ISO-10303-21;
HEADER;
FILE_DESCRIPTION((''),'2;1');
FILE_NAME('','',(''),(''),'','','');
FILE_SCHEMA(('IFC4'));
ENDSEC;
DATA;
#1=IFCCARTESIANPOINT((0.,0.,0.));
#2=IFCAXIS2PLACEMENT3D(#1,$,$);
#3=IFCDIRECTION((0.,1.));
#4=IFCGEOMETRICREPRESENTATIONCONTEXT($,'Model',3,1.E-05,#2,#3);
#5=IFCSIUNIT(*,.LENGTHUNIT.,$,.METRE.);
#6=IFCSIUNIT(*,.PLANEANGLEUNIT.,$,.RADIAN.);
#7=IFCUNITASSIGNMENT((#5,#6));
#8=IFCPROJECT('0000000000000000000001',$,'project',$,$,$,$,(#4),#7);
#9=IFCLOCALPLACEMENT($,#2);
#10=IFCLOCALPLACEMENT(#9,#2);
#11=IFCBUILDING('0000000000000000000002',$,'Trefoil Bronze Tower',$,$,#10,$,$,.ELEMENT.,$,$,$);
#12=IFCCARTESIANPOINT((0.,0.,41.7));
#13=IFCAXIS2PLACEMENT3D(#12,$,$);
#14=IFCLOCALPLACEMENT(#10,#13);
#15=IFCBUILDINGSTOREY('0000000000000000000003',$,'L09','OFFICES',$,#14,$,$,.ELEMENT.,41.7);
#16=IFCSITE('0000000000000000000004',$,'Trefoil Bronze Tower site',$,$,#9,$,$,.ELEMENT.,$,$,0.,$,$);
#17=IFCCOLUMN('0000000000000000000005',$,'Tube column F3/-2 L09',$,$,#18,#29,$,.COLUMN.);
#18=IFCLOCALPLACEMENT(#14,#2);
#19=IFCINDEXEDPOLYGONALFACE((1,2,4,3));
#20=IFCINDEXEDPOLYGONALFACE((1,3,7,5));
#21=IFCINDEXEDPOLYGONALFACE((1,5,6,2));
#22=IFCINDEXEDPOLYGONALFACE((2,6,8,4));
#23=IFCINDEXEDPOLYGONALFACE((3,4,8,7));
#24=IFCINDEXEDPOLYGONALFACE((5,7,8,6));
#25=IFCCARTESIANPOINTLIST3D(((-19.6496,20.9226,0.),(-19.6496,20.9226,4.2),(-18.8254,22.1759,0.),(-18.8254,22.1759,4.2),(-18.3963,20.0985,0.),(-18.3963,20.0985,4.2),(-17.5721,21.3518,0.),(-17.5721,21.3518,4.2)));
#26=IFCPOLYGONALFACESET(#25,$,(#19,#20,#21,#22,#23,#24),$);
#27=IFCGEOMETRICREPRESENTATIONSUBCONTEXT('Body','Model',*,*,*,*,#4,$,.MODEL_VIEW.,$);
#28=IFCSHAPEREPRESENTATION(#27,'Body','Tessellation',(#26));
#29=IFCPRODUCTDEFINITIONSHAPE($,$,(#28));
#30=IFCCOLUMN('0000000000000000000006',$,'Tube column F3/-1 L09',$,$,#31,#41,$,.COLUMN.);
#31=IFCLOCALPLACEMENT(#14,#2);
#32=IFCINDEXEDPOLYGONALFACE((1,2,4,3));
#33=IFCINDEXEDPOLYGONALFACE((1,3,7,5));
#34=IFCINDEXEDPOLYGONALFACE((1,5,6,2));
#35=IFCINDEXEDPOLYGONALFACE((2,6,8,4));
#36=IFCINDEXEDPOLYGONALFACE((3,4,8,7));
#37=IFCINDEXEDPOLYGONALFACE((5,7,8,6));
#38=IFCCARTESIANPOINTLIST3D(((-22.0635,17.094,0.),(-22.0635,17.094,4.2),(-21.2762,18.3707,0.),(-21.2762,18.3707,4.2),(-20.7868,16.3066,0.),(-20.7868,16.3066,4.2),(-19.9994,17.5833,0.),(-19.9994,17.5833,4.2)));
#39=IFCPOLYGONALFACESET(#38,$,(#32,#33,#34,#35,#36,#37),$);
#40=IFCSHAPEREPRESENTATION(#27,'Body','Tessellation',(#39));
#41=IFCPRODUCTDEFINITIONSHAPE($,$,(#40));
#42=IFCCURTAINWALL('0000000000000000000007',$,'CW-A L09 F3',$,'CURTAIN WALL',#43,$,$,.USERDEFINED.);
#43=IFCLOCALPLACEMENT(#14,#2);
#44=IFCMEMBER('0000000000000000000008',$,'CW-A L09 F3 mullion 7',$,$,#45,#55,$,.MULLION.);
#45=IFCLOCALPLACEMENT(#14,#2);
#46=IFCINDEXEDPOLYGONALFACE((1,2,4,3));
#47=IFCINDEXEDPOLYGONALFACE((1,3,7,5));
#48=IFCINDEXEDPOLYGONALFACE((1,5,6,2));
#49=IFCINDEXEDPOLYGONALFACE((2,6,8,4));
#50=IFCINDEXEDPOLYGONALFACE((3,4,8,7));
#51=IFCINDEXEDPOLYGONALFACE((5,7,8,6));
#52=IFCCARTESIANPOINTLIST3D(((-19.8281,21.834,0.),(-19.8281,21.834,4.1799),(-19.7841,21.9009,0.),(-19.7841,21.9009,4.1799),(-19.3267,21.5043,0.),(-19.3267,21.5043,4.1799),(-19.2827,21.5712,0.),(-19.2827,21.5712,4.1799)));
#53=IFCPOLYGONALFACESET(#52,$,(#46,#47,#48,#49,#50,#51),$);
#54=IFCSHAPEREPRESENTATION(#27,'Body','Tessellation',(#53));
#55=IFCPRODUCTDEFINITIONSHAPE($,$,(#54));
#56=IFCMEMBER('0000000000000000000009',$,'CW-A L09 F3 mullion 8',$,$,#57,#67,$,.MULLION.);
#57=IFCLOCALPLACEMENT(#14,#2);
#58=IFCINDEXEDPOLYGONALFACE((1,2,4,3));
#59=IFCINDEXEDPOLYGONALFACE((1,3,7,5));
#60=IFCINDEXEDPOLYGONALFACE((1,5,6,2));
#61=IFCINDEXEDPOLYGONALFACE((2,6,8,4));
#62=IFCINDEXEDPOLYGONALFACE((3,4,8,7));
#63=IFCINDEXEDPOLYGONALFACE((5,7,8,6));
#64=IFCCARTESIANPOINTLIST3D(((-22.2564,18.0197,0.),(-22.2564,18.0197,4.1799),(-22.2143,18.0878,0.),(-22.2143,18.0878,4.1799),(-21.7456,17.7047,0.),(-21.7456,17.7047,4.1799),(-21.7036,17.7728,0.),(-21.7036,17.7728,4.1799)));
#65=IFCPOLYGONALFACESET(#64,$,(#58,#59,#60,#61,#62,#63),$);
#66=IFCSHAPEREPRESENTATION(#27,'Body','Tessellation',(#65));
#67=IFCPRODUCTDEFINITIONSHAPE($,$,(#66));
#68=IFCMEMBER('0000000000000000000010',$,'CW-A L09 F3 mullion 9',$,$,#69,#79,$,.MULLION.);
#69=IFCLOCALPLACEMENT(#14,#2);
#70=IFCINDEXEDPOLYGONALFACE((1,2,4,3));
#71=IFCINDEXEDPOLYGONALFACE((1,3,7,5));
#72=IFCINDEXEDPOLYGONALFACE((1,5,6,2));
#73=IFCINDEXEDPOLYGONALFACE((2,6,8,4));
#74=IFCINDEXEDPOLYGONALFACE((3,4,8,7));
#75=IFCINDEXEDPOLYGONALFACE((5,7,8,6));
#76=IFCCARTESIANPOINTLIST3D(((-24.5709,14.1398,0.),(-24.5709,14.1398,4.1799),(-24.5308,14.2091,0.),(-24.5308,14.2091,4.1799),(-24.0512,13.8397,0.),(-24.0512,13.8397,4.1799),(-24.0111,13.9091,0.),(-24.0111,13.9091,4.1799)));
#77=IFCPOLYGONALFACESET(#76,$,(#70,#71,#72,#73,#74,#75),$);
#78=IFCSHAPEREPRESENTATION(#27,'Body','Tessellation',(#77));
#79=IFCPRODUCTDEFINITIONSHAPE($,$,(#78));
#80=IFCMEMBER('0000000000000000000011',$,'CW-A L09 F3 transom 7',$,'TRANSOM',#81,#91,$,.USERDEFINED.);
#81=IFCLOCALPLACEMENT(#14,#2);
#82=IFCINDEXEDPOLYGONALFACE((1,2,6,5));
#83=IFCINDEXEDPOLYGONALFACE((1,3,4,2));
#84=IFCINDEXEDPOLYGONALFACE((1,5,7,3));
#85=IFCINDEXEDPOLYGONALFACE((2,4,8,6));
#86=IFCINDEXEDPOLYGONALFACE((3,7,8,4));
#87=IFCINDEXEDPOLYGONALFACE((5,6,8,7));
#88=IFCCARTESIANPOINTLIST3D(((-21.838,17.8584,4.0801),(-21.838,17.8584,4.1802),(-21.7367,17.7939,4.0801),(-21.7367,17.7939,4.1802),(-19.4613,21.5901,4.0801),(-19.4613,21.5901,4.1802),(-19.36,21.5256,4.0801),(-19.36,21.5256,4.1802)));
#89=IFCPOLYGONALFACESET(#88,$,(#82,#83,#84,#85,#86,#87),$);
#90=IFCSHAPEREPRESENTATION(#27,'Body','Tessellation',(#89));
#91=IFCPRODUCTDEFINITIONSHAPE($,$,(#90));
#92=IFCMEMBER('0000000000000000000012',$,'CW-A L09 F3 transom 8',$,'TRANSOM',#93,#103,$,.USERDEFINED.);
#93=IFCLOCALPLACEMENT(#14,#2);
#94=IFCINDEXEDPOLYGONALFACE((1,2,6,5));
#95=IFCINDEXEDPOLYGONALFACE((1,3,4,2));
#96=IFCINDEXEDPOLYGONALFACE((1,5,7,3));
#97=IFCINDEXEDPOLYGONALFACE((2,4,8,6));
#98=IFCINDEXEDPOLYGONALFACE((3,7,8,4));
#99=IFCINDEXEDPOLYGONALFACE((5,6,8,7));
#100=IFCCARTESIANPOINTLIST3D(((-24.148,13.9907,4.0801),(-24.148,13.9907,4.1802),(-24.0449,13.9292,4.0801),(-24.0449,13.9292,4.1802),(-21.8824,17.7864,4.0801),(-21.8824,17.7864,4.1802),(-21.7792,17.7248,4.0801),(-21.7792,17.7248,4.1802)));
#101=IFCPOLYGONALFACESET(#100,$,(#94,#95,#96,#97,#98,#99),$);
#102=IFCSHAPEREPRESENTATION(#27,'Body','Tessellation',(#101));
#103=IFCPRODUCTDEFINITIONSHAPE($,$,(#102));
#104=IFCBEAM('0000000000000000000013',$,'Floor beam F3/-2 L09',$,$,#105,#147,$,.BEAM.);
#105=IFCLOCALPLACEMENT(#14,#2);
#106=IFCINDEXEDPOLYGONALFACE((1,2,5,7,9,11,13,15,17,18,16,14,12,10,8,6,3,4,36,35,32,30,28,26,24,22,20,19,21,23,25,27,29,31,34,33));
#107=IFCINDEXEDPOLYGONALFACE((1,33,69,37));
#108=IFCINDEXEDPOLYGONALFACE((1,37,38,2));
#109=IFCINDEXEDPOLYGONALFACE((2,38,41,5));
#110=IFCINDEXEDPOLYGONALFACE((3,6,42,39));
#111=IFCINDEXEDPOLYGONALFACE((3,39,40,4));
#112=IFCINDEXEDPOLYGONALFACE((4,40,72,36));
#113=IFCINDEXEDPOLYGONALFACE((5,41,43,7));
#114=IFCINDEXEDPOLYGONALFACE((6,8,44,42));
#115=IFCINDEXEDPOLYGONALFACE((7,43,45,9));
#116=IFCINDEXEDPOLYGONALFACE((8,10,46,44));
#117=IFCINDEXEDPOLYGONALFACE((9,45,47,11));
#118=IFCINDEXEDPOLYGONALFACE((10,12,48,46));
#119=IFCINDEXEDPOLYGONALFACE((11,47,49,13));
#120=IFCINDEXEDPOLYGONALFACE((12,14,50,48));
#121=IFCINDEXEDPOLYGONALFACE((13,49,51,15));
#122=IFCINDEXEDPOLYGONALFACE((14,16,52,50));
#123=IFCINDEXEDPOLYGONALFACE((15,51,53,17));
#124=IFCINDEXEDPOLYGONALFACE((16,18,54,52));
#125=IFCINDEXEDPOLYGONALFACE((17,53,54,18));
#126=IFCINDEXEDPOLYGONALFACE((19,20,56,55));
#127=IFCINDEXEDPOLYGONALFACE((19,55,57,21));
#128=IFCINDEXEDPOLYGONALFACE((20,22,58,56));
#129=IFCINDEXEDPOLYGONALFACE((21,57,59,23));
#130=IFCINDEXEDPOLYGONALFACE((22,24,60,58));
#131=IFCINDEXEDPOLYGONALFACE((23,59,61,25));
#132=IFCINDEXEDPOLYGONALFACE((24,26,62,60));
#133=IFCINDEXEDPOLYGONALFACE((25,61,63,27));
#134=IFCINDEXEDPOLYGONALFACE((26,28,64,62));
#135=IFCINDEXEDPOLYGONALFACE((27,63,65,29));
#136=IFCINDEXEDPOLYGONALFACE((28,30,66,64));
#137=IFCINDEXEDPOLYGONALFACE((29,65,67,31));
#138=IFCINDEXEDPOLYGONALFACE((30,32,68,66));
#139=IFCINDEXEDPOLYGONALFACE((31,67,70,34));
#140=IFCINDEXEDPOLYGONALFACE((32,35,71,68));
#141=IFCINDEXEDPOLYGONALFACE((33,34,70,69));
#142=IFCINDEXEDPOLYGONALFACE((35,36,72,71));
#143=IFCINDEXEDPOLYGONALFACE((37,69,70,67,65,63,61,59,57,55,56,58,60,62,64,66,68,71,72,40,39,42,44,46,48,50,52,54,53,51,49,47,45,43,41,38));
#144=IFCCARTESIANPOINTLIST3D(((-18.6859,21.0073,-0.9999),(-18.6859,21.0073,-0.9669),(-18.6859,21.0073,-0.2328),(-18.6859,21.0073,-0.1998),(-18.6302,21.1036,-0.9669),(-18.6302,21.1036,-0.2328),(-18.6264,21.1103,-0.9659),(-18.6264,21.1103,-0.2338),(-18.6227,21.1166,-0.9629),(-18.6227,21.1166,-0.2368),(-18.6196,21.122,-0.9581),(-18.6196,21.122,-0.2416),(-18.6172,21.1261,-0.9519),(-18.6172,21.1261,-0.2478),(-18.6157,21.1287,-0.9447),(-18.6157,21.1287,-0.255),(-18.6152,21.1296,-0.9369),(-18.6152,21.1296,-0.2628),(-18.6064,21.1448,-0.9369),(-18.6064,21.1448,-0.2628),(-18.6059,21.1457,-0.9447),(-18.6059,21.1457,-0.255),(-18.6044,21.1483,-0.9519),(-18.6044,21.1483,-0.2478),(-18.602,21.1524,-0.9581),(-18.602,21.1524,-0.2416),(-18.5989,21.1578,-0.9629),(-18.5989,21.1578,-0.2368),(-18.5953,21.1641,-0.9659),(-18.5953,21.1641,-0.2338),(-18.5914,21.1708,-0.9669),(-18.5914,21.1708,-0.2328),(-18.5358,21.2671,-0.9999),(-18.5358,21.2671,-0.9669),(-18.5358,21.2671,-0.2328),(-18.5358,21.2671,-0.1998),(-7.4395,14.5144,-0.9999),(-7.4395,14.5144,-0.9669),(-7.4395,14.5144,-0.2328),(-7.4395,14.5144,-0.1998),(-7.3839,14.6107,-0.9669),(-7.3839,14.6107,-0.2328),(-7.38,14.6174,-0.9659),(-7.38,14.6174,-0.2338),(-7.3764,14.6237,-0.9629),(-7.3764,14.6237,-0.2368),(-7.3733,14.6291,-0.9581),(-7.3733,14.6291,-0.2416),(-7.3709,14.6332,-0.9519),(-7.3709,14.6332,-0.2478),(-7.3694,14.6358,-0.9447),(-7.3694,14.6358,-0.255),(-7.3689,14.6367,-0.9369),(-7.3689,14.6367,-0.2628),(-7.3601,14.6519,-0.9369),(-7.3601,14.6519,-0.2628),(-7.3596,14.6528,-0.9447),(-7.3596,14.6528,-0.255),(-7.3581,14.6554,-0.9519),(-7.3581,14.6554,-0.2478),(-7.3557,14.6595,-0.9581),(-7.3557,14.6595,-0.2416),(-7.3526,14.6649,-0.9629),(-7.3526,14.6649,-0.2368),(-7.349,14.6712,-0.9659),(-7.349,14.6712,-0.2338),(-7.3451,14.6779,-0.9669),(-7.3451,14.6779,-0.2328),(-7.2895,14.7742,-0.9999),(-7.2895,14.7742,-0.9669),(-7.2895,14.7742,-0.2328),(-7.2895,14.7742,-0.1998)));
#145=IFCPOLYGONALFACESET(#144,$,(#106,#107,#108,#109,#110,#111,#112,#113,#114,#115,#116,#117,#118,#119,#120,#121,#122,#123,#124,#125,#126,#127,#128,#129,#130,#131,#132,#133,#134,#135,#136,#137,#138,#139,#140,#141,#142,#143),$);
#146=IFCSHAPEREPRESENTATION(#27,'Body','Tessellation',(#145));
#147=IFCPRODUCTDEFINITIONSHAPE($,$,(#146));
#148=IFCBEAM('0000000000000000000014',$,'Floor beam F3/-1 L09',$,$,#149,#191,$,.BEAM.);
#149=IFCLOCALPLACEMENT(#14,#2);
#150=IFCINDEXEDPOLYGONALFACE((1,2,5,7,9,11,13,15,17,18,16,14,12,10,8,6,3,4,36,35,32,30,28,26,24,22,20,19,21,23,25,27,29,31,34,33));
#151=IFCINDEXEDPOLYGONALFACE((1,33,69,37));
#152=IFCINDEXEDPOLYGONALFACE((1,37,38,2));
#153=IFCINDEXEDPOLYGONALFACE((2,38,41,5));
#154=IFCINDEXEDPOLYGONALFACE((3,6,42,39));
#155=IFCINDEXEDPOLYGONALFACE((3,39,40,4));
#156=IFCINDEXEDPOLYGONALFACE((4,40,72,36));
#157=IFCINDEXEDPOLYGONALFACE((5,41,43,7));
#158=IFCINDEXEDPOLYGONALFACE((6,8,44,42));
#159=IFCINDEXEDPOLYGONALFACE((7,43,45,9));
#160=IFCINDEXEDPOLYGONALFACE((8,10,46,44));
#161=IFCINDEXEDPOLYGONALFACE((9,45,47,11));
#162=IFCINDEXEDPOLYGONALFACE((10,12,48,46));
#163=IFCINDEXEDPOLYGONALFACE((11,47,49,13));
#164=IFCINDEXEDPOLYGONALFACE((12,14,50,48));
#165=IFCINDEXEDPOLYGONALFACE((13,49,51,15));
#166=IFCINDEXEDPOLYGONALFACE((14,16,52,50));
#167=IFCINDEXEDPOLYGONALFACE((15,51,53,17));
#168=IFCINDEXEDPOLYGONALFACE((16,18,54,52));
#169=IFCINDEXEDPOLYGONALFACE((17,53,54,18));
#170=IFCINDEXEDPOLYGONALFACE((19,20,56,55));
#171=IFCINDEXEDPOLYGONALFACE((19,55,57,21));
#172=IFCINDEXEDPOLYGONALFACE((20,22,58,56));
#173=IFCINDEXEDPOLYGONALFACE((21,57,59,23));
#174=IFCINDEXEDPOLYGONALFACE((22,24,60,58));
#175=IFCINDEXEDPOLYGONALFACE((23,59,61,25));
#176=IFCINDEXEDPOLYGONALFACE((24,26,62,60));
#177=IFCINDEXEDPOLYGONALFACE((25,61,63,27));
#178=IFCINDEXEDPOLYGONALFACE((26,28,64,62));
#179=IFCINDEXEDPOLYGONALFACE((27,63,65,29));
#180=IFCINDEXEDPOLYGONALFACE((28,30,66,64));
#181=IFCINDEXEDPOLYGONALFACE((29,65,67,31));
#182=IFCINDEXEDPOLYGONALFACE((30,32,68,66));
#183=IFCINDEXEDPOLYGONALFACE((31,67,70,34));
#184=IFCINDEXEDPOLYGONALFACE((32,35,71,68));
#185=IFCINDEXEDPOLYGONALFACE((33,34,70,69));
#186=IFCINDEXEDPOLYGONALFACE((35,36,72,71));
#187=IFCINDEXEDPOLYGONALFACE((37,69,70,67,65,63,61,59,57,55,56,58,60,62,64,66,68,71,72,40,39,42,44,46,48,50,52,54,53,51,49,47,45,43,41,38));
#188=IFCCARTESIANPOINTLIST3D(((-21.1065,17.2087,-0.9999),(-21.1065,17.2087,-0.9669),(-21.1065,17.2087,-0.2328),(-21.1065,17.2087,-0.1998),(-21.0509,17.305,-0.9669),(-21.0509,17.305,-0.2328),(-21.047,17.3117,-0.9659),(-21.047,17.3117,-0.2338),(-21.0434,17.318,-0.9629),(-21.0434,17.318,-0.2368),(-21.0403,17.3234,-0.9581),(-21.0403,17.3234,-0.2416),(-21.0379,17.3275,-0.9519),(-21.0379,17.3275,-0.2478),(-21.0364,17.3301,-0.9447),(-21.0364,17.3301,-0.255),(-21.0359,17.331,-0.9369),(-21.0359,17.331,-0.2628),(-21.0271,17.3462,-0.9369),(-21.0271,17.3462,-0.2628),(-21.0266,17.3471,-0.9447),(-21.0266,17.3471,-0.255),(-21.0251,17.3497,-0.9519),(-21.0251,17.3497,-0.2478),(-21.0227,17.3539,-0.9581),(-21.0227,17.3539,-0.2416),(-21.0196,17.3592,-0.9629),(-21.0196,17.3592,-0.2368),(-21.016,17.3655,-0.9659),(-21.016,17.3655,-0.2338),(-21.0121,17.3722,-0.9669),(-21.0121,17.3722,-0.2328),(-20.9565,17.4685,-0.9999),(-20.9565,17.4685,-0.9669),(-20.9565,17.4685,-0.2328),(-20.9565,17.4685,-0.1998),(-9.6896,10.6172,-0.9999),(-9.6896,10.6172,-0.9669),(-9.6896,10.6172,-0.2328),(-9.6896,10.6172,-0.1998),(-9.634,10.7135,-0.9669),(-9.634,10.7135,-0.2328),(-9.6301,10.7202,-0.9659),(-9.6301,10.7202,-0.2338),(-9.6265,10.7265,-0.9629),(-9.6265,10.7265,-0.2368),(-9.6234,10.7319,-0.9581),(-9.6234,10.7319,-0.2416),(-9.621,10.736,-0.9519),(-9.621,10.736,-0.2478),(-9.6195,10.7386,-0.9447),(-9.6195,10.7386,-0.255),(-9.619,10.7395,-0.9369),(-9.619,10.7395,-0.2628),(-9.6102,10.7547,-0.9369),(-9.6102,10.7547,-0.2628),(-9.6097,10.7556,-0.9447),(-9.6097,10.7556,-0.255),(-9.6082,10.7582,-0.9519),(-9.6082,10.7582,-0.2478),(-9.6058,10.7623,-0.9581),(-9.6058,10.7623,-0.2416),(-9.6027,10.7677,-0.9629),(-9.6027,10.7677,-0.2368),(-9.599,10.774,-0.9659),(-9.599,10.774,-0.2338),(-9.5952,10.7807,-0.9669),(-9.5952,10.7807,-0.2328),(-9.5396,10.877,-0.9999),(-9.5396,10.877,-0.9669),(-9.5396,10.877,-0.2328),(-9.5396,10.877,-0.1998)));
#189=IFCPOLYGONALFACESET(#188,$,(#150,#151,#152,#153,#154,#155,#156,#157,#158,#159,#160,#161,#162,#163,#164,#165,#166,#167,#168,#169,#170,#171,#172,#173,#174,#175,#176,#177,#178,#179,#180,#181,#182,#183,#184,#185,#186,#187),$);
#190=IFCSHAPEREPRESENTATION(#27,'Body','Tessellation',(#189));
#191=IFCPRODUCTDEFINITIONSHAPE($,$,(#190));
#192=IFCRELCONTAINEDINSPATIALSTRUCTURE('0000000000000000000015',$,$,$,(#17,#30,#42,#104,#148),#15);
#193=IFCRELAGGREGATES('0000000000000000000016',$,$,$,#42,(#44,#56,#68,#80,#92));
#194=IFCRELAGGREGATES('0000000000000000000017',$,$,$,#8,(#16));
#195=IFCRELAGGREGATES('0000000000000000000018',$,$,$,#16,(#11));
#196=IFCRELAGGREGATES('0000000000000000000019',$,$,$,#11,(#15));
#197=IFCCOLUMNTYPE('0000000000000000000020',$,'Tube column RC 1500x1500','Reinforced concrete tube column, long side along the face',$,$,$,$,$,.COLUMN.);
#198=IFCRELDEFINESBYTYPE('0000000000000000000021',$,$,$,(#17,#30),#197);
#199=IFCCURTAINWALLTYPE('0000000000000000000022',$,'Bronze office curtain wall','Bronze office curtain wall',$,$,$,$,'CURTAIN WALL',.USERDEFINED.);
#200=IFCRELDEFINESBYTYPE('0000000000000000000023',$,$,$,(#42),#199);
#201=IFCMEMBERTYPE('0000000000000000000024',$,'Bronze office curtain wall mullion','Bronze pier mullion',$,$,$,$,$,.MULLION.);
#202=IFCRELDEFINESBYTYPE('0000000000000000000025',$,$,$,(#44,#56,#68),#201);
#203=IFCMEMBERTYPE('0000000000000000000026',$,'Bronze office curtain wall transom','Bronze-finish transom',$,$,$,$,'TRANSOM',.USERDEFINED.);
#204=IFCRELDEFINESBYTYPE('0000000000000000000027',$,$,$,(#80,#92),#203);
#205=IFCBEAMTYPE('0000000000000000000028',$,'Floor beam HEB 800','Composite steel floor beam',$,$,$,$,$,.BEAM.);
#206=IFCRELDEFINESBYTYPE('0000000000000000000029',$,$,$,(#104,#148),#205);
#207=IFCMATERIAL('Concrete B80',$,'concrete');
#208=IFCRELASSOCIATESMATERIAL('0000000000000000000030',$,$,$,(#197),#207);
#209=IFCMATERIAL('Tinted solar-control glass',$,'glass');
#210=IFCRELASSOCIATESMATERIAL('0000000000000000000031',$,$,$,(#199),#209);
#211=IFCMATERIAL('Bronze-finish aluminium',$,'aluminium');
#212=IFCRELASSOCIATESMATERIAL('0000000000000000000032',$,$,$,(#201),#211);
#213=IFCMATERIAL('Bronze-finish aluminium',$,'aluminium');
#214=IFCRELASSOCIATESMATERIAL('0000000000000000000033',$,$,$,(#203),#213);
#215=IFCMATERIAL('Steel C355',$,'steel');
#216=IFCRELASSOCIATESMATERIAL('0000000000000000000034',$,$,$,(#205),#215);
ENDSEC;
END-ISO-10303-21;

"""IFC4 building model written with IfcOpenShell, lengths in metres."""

from ifc_helpers import new_model, si_unit, direction, frame, origin, origin_2d, place, context, subcontext, project, spatial, rectangle, i_section, extrude, material, material_profile, profile_set, type_object, element, aggregate, save


model = new_model("IFC4")

# Units and contexts
model_context = context("Model", 3, precision=1e-05, world=origin(), true_north=direction((0.0, 1.0)))
body_context = subcontext(model_context, "Body", "Model", "MODEL_VIEW")
ifc_project = project(units=[si_unit("LENGTHUNIT", "METRE"), si_unit("PLANEANGLEUNIT", "RADIAN")], contexts=[model_context])

# Site, building, storey
site_placement = place(None, origin())
site = spatial("IfcSite", under=ifc_project, at=site_placement, Name="Trefoil Bronze Tower site", CompositionType="ELEMENT", RefElevation=0.0)
building_placement = place(site_placement, origin())
building = spatial("IfcBuilding", under=site, at=building_placement, Name="Trefoil Bronze Tower", CompositionType="ELEMENT")
storey_placement = place(building_placement, frame((0.0, 0.0, 41.7)))
storey = spatial("IfcBuildingStorey", under=building, at=storey_placement, Name="L09", Description="OFFICES", CompositionType="ELEMENT", Elevation=41.7)

# Columns
ifc_material_1 = material(Name="Concrete B80", Category="concrete")
ifc_material_profile_1 = material_profile(ifc_material_1, rectangle(XDim=1.5, YDim=1.5, at=origin_2d()), Name="RC 1500x1500")
ifc_profile_set_1 = profile_set([ifc_material_profile_1], Name="Concrete B80")
column_type = type_object("IfcColumnType", Name="Tube column RC 1500x1500", Description="Reinforced concrete tube column, long side along the face", PredefinedType="COLUMN", material=ifc_profile_set_1)
for number, where, z_axis, x_axis, name in (
    (1, (-18.6108, 21.1372, 0.0), (0.0, 0.0, 1.0), (-0.549424, -0.835544, 0.0), "Tube column F3/-2 L09"),
    (2, (-21.0315, 17.3386, 0.0), (0.0, 0.0, 1.0), (-0.524923, -0.85115, 0.0), "Tube column F3/-1 L09"),
):
    element("IfcColumn", number, at=place(storey_placement, frame(where, z_axis=z_axis, x_axis=x_axis)), inside=storey, type_object=column_type, Name=name, PredefinedType="COLUMN", context=body_context, shape_type="SweptSolid", body=[
        extrude(rectangle(XDim=1.5, YDim=1.5, at=origin_2d()), origin(), (0.0, 0.0, 1.0), 4.2),
    ])

# Curtain wall, members
ifc_material_2 = material(Name="Tinted solar-control glass", Category="glass")
curtain_wall_type = type_object("IfcCurtainWallType", Name="Bronze office curtain wall", Description="Bronze office curtain wall", ElementType="CURTAIN WALL", PredefinedType="USERDEFINED", material=ifc_material_2)
curtain_wall_placement = place(storey_placement, origin())
curtain_wall = element("IfcCurtainWall", 3, at=curtain_wall_placement, inside=storey, type_object=curtain_wall_type, Name="CW-A L09 F3", ObjectType="CURTAIN WALL", PredefinedType="USERDEFINED")
ifc_material_3 = material(Name="Bronze-finish aluminium", Category="aluminium")
ifc_material_profile_2 = material_profile(ifc_material_3, rectangle(XDim=0.6001, YDim=0.0801, at=origin_2d()), Name="CW-A mullion")
ifc_profile_set_2 = profile_set([ifc_material_profile_2], Name="Bronze-finish aluminium")
member_type_1 = type_object("IfcMemberType", Name="Bronze office curtain wall mullion", Description="Bronze pier mullion", PredefinedType="MULLION", material=ifc_profile_set_2)
member_1_placement = place(storey_placement, frame((-19.5554, 21.7026, 0.0), z_axis=(0.0, 0.0, 1.0), x_axis=(0.835544, -0.549424, 0.0)))
member_1 = element("IfcMember", 4, at=member_1_placement, type_object=member_type_1, Name="CW-A L09 F3 mullion 7", PredefinedType="MULLION", context=body_context, shape_type="SweptSolid", body=[
    extrude(rectangle(XDim=0.6001, YDim=0.0801, at=origin_2d()), origin(), (0.0, 0.0, 1.0), 4.1799),
])
member_2_placement = place(storey_placement, frame((-21.98, 17.8962, 0.0), z_axis=(0.0, 0.0, 1.0), x_axis=(0.85115, -0.524923, 0.0)))
member_2 = element("IfcMember", 5, at=member_2_placement, type_object=member_type_1, Name="CW-A L09 F3 mullion 8", PredefinedType="MULLION", context=body_context, shape_type="SweptSolid", body=[
    extrude(rectangle(XDim=0.6001, YDim=0.0801, at=origin_2d()), origin(), (0.0, 0.0, 1.0), 4.1799),
])
member_3_placement = place(storey_placement, frame((-24.291, 14.0244, 0.0), z_axis=(0.0, 0.0, 1.0), x_axis=(0.866025, -0.5, 0.0)))
member_3 = element("IfcMember", 6, at=member_3_placement, type_object=member_type_1, Name="CW-A L09 F3 mullion 9", PredefinedType="MULLION", context=body_context, shape_type="SweptSolid", body=[
    extrude(rectangle(XDim=0.6001, YDim=0.0801, at=origin_2d()), origin(), (0.0, 0.0, 1.0), 4.1799),
])
ifc_material_4 = material(Name="Bronze-finish aluminium", Category="aluminium")
ifc_material_profile_3 = material_profile(ifc_material_4, rectangle(XDim=0.1201, YDim=0.1001, at=origin_2d()), Name="CW-A transom")
ifc_profile_set_3 = profile_set([ifc_material_profile_3], Name="Bronze-finish aluminium")
member_type_2 = type_object("IfcMemberType", Name="Bronze office curtain wall transom", Description="Bronze-finish transom", ElementType="TRANSOM", PredefinedType="USERDEFINED", material=ifc_profile_set_3)
member_4_placement = place(storey_placement, frame((-19.4106, 21.5579, 4.1301), z_axis=(-0.537197, -0.843457, 0.0), x_axis=(0.843457, -0.537197, 0.0)))
member_4 = element("IfcMember", 7, at=member_4_placement, type_object=member_type_2, Name="CW-A L09 F3 transom 7", ObjectType="TRANSOM", PredefinedType="USERDEFINED", context=body_context, shape_type="SweptSolid", body=[
    extrude(rectangle(XDim=0.1201, YDim=0.1001, at=origin_2d()), origin(), (0.0, 0.0, 1.0), 4.4243),
])
member_5_placement = place(storey_placement, frame((-21.8308, 17.7556, 4.1301), z_axis=(-0.512537, -0.858665, 0.0), x_axis=(0.858665, -0.512537, 0.0)))
member_5 = element("IfcMember", 8, at=member_5_placement, type_object=member_type_2, Name="CW-A L09 F3 transom 8", ObjectType="TRANSOM", PredefinedType="USERDEFINED", context=body_context, shape_type="SweptSolid", body=[
    extrude(rectangle(XDim=0.1201, YDim=0.1001, at=origin_2d()), origin(), (0.0, 0.0, 1.0), 4.4204),
])

# Beams
ifc_material_5 = material(Name="Steel C355", Category="steel")
ifc_material_profile_4 = material_profile(ifc_material_5, i_section(OverallWidth=0.3, OverallDepth=0.8, WebThickness=0.0176, FlangeThickness=0.033, FilletRadius=0.03, at=origin_2d()), Name="HEB 800")
ifc_profile_set_4 = profile_set([ifc_material_profile_4], Name="Steel C355")
beam_type_1 = type_object("IfcBeamType", Name="Floor beam HEB 800", Description="Composite steel floor beam", PredefinedType="BEAM", material=ifc_profile_set_4)
beam_1_placement = place(storey_placement, frame((-18.6108, 21.1372, -0.5999), z_axis=(0.866031, -0.499991, 0.0), x_axis=(0.499991, 0.866031, 0.0)))
element("IfcBeam", 9, at=beam_1_placement, inside=storey, type_object=beam_type_1, Name="Floor beam F3/-2 L09", PredefinedType="BEAM", context=body_context, shape_type="SweptSolid", body=[
    extrude(i_section(OverallWidth=0.3, OverallDepth=0.8, WebThickness=0.0176, FlangeThickness=0.033, FilletRadius=0.03, at=origin_2d()), origin(), (0.0, 0.0, 1.0), 12.9861),
])
beam_2_placement = place(storey_placement, frame((-21.0315, 17.3386, -0.5999), z_axis=(0.866027, -0.499997, 0.0), x_axis=(0.499997, 0.866027, 0.0)))
element("IfcBeam", 10, at=beam_2_placement, inside=storey, type_object=beam_type_1, Name="Floor beam F3/-1 L09", PredefinedType="BEAM", context=body_context, shape_type="SweptSolid", body=[
    extrude(i_section(OverallWidth=0.3, OverallDepth=0.8, WebThickness=0.0176, FlangeThickness=0.033, FilletRadius=0.03, at=origin_2d()), origin(), (0.0, 0.0, 1.0), 13.1831),
])

aggregate(curtain_wall, [member_1, member_2, member_3, member_4, member_5])

save(model, "model.ifc")
